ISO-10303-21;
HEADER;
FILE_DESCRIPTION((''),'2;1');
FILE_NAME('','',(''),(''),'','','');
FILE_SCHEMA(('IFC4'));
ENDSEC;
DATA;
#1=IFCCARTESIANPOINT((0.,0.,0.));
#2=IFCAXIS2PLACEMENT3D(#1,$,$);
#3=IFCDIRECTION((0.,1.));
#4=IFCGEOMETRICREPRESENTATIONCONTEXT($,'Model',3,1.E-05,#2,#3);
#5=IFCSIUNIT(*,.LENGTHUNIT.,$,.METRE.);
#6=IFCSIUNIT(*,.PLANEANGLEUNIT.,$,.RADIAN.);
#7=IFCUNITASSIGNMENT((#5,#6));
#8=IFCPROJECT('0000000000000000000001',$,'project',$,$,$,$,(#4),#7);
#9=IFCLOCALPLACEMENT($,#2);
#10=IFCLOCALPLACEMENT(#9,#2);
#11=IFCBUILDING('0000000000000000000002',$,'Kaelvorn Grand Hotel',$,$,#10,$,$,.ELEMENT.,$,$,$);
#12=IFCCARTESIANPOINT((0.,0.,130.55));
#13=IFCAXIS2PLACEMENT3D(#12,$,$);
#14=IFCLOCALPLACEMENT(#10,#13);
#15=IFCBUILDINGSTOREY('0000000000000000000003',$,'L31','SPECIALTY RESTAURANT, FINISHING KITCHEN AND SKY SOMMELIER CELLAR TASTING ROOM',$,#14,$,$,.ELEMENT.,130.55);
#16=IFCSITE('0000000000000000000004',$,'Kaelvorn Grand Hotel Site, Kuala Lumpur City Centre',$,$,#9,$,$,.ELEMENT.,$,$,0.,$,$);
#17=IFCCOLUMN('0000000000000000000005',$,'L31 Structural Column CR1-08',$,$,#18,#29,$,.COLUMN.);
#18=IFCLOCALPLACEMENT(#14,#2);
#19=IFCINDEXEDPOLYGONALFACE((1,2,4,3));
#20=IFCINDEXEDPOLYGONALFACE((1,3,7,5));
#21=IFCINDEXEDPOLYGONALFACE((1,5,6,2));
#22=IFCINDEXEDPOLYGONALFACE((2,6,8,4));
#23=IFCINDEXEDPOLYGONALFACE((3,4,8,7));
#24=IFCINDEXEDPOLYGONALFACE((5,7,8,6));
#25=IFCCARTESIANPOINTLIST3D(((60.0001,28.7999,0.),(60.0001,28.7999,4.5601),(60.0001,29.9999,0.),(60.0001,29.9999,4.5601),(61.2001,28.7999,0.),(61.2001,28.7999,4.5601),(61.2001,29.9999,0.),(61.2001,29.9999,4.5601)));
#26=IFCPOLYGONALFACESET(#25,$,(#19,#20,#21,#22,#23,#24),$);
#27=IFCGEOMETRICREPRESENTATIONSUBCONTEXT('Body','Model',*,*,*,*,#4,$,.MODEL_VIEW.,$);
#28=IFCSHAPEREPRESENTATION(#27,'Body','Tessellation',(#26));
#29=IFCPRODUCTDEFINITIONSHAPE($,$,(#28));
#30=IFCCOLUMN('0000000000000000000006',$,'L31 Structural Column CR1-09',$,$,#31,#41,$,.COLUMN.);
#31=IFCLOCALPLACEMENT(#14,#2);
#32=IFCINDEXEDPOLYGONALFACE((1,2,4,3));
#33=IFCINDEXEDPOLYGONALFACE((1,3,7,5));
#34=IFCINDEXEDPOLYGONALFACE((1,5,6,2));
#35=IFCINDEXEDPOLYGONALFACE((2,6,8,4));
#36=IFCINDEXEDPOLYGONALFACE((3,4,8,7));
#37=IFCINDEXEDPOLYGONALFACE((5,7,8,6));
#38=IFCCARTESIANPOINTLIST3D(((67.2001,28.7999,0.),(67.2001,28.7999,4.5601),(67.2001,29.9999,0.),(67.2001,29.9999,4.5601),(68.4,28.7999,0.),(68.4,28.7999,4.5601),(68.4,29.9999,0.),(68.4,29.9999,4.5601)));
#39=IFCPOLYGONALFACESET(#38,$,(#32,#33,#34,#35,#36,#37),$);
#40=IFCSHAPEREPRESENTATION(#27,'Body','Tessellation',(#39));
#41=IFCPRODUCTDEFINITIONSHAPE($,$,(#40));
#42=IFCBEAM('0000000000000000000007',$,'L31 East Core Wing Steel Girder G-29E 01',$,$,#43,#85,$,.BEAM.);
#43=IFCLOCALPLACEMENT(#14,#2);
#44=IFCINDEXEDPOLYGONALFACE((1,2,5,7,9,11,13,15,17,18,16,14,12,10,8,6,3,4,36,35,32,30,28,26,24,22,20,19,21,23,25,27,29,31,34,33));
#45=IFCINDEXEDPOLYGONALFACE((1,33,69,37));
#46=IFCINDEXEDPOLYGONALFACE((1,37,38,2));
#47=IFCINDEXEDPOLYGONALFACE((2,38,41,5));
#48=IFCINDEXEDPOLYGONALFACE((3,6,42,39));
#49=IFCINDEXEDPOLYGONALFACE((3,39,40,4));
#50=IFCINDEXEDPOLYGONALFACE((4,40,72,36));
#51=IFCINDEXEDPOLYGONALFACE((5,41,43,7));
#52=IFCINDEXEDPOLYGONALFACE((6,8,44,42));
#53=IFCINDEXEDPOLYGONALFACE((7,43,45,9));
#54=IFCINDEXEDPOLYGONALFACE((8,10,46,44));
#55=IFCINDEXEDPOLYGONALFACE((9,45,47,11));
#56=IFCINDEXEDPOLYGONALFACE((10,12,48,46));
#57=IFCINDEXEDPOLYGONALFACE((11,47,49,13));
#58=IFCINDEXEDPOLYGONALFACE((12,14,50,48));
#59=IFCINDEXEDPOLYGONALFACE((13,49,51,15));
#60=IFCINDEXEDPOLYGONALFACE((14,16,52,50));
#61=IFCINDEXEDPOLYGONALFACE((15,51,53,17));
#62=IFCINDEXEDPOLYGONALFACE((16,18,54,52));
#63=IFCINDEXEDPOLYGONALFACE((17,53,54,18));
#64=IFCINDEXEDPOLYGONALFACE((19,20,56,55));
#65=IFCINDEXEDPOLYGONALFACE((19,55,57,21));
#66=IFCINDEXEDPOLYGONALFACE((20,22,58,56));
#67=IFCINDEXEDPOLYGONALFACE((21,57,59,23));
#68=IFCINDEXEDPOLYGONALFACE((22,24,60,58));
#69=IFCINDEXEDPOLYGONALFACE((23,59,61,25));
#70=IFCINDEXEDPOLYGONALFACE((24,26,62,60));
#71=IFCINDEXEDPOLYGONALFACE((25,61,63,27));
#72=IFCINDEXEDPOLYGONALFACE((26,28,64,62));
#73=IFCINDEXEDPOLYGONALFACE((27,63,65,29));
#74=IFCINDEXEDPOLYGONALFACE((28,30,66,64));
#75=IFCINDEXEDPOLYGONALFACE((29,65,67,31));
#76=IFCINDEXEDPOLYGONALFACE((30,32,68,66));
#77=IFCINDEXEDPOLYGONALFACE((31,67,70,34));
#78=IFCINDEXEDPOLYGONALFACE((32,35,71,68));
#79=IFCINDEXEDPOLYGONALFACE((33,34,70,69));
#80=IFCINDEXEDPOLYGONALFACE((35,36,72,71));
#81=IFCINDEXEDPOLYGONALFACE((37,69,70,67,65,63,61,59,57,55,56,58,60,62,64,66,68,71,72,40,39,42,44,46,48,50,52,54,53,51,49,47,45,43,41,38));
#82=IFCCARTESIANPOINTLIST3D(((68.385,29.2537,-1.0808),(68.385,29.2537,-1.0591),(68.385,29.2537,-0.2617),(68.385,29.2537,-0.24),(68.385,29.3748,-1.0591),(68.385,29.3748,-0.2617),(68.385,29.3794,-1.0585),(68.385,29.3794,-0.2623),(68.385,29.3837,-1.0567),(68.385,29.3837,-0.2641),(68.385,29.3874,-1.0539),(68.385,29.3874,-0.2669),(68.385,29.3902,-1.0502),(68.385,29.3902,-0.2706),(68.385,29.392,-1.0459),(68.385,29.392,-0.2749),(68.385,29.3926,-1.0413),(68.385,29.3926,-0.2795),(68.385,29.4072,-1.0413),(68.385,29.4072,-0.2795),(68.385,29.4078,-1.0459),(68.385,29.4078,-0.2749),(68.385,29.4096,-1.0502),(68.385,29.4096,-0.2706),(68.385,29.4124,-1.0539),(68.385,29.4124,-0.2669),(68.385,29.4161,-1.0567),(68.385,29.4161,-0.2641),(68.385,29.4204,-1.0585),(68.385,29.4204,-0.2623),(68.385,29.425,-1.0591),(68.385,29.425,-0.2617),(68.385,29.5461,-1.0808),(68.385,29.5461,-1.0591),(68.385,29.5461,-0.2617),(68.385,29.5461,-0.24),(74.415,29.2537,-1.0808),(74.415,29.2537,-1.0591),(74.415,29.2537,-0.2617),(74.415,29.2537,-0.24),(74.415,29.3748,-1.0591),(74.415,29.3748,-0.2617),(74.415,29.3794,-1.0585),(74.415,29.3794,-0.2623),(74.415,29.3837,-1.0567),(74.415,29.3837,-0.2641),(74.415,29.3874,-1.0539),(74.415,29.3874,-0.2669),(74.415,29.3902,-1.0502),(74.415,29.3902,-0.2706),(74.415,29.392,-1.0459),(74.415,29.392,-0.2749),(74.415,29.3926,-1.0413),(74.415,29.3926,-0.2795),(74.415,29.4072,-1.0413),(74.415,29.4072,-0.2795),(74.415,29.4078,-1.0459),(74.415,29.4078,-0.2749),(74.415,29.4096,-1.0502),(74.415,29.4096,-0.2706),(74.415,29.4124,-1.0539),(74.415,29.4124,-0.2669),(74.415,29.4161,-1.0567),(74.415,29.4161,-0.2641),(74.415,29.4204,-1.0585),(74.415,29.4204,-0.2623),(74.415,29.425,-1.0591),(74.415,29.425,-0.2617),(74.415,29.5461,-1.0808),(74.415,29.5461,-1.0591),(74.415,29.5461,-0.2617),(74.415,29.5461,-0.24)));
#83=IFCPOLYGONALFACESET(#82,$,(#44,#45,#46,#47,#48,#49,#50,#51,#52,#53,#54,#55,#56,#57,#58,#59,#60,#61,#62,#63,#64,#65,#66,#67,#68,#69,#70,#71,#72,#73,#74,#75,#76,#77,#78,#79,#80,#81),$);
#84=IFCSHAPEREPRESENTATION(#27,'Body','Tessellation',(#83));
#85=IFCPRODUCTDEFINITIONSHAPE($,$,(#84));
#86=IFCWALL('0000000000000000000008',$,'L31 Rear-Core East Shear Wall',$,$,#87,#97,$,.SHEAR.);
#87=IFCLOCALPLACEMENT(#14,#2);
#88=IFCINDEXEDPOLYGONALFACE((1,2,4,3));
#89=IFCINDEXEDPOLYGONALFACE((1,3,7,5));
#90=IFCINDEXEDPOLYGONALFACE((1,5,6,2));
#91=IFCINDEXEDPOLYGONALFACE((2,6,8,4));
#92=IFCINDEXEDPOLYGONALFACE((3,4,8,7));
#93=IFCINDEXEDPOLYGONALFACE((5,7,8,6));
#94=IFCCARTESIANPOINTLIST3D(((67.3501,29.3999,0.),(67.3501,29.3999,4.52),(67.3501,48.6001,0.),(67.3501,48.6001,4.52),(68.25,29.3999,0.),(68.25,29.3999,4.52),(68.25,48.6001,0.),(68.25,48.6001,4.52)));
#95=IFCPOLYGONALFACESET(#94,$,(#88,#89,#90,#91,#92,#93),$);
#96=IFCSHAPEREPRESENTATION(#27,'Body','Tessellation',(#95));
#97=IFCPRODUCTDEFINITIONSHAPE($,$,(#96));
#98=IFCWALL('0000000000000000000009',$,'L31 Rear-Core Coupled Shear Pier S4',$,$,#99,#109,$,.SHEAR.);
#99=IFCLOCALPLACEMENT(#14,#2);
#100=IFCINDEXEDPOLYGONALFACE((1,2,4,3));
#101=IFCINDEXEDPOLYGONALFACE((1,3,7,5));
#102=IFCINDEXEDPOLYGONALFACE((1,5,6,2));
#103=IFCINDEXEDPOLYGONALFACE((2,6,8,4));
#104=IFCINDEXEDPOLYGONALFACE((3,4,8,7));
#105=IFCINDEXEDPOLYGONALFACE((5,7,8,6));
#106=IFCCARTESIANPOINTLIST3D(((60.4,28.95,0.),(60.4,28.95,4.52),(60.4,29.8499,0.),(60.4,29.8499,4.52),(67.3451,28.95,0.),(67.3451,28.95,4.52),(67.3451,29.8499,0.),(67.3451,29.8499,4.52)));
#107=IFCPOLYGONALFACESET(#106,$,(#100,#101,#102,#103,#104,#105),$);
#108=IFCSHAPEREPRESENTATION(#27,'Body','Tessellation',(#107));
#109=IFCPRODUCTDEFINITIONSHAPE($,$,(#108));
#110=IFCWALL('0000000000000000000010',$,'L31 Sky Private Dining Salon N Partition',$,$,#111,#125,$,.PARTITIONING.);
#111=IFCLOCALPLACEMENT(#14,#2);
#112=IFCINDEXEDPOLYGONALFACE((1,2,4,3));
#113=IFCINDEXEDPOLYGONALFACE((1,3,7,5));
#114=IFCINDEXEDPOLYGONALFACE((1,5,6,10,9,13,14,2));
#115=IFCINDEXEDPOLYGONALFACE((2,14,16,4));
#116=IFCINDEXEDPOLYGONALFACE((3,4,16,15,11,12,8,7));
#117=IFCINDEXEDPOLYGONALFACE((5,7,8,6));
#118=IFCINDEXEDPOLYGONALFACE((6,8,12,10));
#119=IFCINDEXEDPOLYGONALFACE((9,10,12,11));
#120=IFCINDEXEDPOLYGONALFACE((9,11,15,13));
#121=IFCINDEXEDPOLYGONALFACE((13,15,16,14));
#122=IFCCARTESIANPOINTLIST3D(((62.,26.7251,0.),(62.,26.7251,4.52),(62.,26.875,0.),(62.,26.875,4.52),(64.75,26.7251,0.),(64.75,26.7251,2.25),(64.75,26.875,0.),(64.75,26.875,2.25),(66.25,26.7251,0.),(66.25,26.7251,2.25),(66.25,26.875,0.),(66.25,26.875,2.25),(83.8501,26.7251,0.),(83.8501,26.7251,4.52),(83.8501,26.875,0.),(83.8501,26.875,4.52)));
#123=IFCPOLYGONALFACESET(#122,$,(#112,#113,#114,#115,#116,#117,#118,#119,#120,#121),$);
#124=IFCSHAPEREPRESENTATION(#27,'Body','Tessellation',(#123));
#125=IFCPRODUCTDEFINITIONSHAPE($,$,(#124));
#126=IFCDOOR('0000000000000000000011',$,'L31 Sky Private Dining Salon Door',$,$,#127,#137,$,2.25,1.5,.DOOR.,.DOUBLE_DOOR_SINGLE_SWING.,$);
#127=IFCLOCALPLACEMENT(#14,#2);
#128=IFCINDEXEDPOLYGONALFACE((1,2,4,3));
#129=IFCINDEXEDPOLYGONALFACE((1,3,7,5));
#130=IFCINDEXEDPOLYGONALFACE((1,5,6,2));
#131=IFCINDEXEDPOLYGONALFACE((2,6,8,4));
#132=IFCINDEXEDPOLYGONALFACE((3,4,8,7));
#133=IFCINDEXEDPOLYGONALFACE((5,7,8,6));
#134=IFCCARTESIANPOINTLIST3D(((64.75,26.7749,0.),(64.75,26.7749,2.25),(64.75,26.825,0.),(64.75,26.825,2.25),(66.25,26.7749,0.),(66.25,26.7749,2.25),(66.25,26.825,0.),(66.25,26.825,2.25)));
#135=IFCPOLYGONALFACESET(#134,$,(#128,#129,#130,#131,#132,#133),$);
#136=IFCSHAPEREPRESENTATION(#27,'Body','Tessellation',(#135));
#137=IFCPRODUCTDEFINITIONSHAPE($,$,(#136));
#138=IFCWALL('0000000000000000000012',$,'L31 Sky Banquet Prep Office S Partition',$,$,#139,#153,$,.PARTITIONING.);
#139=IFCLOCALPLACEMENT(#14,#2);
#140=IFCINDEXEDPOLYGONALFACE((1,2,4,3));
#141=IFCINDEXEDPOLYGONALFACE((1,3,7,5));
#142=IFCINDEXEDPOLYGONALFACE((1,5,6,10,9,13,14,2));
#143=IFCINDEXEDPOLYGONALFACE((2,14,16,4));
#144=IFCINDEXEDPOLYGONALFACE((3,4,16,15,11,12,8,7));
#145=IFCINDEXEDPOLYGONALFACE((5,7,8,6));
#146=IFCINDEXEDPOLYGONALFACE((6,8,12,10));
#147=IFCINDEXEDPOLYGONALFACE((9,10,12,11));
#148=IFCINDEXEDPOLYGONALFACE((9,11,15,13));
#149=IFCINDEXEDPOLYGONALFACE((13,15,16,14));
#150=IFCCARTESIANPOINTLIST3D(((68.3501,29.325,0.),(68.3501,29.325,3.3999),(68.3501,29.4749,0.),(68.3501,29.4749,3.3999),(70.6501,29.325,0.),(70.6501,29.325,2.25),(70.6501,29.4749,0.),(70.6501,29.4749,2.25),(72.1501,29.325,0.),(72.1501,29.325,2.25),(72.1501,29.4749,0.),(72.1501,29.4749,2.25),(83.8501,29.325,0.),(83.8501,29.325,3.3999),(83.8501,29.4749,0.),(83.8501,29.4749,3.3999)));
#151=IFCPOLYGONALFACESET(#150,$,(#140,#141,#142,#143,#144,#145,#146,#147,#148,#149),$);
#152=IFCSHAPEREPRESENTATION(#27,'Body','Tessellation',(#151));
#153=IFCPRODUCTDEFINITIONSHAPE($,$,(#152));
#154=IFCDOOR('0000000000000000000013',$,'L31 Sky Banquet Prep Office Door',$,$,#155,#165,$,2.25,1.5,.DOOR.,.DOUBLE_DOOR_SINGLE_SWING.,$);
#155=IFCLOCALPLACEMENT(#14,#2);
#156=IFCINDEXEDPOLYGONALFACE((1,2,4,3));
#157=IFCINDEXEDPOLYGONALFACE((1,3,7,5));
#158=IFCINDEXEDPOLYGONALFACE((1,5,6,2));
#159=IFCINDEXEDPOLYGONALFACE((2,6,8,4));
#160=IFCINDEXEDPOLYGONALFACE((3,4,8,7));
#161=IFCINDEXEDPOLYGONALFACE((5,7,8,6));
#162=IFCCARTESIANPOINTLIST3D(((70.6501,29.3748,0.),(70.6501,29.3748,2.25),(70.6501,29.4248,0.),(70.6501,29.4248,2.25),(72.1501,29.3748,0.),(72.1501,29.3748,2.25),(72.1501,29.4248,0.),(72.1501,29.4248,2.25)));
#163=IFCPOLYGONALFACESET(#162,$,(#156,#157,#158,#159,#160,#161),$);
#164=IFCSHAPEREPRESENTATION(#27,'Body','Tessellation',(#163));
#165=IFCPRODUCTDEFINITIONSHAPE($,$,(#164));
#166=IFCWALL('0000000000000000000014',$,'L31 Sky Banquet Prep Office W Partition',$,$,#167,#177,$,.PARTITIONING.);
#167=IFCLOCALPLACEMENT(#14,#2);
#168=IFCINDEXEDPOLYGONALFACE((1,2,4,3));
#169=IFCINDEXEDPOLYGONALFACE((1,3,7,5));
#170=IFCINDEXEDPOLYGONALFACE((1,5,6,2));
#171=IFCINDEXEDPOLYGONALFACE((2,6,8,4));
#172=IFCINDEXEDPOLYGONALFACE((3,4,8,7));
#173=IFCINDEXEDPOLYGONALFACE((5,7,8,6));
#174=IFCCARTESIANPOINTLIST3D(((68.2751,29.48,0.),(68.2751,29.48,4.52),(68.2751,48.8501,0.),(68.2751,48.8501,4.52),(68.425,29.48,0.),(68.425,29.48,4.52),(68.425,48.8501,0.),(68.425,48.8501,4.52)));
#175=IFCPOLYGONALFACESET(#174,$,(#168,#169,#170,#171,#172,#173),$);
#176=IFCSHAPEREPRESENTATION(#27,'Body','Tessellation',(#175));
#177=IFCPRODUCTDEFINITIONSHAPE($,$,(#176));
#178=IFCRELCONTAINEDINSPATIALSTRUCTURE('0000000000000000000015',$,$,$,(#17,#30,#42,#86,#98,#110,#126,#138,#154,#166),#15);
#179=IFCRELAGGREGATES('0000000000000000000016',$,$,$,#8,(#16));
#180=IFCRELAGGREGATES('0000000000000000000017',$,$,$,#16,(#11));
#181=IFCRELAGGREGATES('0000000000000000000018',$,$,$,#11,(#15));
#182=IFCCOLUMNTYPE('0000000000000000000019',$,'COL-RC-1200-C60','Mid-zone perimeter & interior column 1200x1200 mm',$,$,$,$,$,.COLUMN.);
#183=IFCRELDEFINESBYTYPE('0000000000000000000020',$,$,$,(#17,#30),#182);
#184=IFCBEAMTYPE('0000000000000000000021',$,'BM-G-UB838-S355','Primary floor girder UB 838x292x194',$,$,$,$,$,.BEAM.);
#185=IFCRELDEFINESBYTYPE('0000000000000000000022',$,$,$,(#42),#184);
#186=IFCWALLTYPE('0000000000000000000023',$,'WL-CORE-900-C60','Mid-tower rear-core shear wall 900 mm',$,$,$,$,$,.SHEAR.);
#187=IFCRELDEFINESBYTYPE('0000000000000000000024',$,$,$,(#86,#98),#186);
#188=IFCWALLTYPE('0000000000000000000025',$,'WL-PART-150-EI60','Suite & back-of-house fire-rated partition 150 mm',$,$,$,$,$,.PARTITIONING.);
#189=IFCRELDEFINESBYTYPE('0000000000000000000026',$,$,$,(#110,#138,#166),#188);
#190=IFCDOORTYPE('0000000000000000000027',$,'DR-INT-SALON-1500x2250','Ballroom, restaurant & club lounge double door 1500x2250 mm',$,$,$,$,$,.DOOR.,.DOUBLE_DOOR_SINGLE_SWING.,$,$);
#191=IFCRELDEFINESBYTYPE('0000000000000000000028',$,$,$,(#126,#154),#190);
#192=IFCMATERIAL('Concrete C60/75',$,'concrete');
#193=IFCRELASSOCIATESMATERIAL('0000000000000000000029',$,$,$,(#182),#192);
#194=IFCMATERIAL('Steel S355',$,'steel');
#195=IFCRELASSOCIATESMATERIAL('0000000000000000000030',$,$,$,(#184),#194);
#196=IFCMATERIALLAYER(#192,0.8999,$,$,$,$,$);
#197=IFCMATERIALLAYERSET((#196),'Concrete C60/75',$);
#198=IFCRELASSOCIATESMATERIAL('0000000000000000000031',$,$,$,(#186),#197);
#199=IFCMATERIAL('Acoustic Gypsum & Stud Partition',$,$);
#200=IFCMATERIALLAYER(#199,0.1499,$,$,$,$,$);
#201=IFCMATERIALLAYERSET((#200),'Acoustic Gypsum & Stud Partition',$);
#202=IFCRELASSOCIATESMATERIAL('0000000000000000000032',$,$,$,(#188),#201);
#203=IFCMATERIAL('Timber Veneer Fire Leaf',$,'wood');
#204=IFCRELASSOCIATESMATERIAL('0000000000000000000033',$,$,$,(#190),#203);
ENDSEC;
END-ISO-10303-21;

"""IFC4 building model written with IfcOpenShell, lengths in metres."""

from ifc_helpers import new_model, si_unit, direction, frame, frame_2d, origin, origin_2d, place, context, subcontext, project, spatial, rectangle, i_section, extrude, material, layer, layer_set, material_profile, profile_set, type_object, element, fill, save


model = new_model("IFC4")

# Units and contexts
model_context = context("Model", 3, precision=1e-05, world=origin(), true_north=direction((0.0, 1.0)))
body_context = subcontext(model_context, "Body", "Model", "MODEL_VIEW")
ifc_project = project(units=[si_unit("LENGTHUNIT", "METRE"), si_unit("PLANEANGLEUNIT", "RADIAN")], contexts=[model_context])

# Site, building, storey
site_placement = place(None, origin())
site = spatial("IfcSite", under=ifc_project, at=site_placement, Name="Kaelvorn Grand Hotel Site, Kuala Lumpur City Centre", CompositionType="ELEMENT", RefElevation=0.0)
building_placement = place(site_placement, origin())
building = spatial("IfcBuilding", under=site, at=building_placement, Name="Kaelvorn Grand Hotel", CompositionType="ELEMENT")
storey_placement = place(building_placement, frame((0.0, 0.0, 130.55)))
storey = spatial("IfcBuildingStorey", under=building, at=storey_placement, Name="L31", Description="SPECIALTY RESTAURANT, FINISHING KITCHEN AND SKY SOMMELIER CELLAR TASTING ROOM", CompositionType="ELEMENT", Elevation=130.55)

# Columns
ifc_material_1 = material(Name="Concrete C60/75", Category="concrete")
ifc_material_profile_1 = material_profile(ifc_material_1, rectangle(XDim=1.2, YDim=1.2, at=origin_2d()), Name="RC COL 1200x1200")
ifc_profile_set_1 = profile_set([ifc_material_profile_1], Name="Concrete C60/75")
column_type = type_object("IfcColumnType", Name="COL-RC-1200-C60", Description="Mid-zone perimeter & interior column 1200x1200 mm", PredefinedType="COLUMN", material=ifc_profile_set_1)
for number, where, z_axis, x_axis, name in (
    (1, (60.6001, 29.3999, 0.0), (0.0, 0.0, 1.0), (1.0, 0.0, 0.0), "L31 Structural Column CR1-08"),
    (2, (67.8, 29.3999, 0.0), (0.0, 0.0, 1.0), (1.0, 0.0, 0.0), "L31 Structural Column CR1-09"),
):
    element("IfcColumn", number, at=place(storey_placement, frame(where, z_axis=z_axis, x_axis=x_axis)), inside=storey, type_object=column_type, Name=name, PredefinedType="COLUMN", context=body_context, shape_type="SweptSolid", body=[
        extrude(rectangle(XDim=1.2, YDim=1.2, at=origin_2d()), origin(), (0.0, 0.0, 1.0), 4.5601),
    ])

# Beam
ifc_material_2 = material(Name="Steel S355", Category="steel")
ifc_material_profile_2 = material_profile(ifc_material_2, i_section(OverallWidth=0.2925, OverallDepth=0.8408, WebThickness=0.0146, FlangeThickness=0.0217, FilletRadius=0.0178, at=origin_2d()), Name="UB 838x292x194")
ifc_profile_set_2 = profile_set([ifc_material_profile_2], Name="Steel S355")
beam_type = type_object("IfcBeamType", Name="BM-G-UB838-S355", Description="Primary floor girder UB 838x292x194", PredefinedType="BEAM", material=ifc_profile_set_2)
beam_placement = place(storey_placement, frame((68.385, 29.3999, -0.6604), z_axis=(1.0, 0.0, 0.0), x_axis=(0.0, 1.0, 0.0)))
element("IfcBeam", 3, at=beam_placement, inside=storey, type_object=beam_type, Name="L31 East Core Wing Steel Girder G-29E 01", PredefinedType="BEAM", context=body_context, shape_type="SweptSolid", body=[
    extrude(i_section(OverallWidth=0.2925, OverallDepth=0.8408, WebThickness=0.0146, FlangeThickness=0.0217, FilletRadius=0.0178, at=origin_2d()), origin(), (0.0, 0.0, 1.0), 6.03),
])

# Walls
ifc_layer_1 = layer(ifc_material_1, 0.8999)
ifc_layer_set_1 = layer_set([ifc_layer_1], Name="Concrete C60/75")
wall_type_1 = type_object("IfcWallType", Name="WL-CORE-900-C60", Description="Mid-tower rear-core shear wall 900 mm", PredefinedType="SHEAR", material=ifc_layer_set_1)
wall_1_placement = place(storey_placement, frame((67.8, 29.3999, 0.0), z_axis=(0.0, 0.0, 1.0), x_axis=(0.0, 1.0, 0.0)))
element("IfcWall", 4, at=wall_1_placement, inside=storey, type_object=wall_type_1, Name="L31 Rear-Core East Shear Wall", PredefinedType="SHEAR", context=body_context, shape_type="SweptSolid", body=[
    extrude(rectangle(XDim=19.2002, YDim=0.8999, at=frame_2d((9.6001, 0.0))), origin(), (0.0, 0.0, 1.0), 4.52),
])
wall_2_placement = place(storey_placement, frame((60.3999, 29.3999, 0.0), z_axis=(0.0, 0.0, 1.0), x_axis=(1.0, 0.0, 0.0)))
element("IfcWall", 5, at=wall_2_placement, inside=storey, type_object=wall_type_1, Name="L31 Rear-Core Coupled Shear Pier S4", PredefinedType="SHEAR", context=body_context, shape_type="SweptSolid", body=[
    extrude(rectangle(XDim=6.9451, YDim=0.8999, at=frame_2d((3.4727, 0.0))), origin(), (0.0, 0.0, 1.0), 4.52),
])

# Walls, openings, doors
ifc_material_3 = material(Name="Acoustic Gypsum & Stud Partition")
ifc_layer_2 = layer(ifc_material_3, 0.1499)
ifc_layer_set_2 = layer_set([ifc_layer_2], Name="Acoustic Gypsum & Stud Partition")
wall_type_2 = type_object("IfcWallType", Name="WL-PART-150-EI60", Description="Suite & back-of-house fire-rated partition 150 mm", PredefinedType="PARTITIONING", material=ifc_layer_set_2)
wall_3_placement = place(storey_placement, frame((62.0, 26.8, 0.0), z_axis=(0.0, 0.0, 1.0), x_axis=(1.0, 0.0, 0.0)))
wall_3 = element("IfcWall", 6, at=wall_3_placement, inside=storey, type_object=wall_type_2, Name="L31 Sky Private Dining Salon N Partition", PredefinedType="PARTITIONING", context=body_context, shape_type="SweptSolid", body=[
    extrude(rectangle(XDim=21.8501, YDim=0.1499, at=frame_2d((10.925, 0.0))), origin(), (0.0, 0.0, 1.0), 4.52),
])
opening_1_placement = place(wall_3_placement, frame((2.75, 0.0, 0.0)))
opening_1 = element("IfcOpeningElement", 7, at=opening_1_placement, cuts=wall_3, PredefinedType="OPENING", context=body_context, shape_type="SweptSolid", body=[
    extrude(rectangle(XDim=1.5, YDim=2.25, at=frame_2d((0.75, 1.125))), frame((0.0, 0.085, 0.0), z_axis=(0.0, -1.0, 0.0), x_axis=(1.0, 0.0, 0.0)), (0.0, 0.0, 1.0), 0.1699),
])
ifc_material_4 = material(Name="Timber Veneer Fire Leaf", Category="wood")
door_type_1 = type_object("IfcDoorType", Name="DR-INT-SALON-1500x2250", Description="Ballroom, restaurant & club lounge double door 1500x2250 mm", OperationType="DOUBLE_DOOR_SINGLE_SWING", PredefinedType="DOOR", material=ifc_material_4)
door_1_placement = place(opening_1_placement, origin())
door_1 = element("IfcDoor", 8, at=door_1_placement, inside=storey, type_object=door_type_1, Name="L31 Sky Private Dining Salon Door", OperationType="DOUBLE_DOOR_SINGLE_SWING", OverallHeight=2.25, OverallWidth=1.5, PredefinedType="DOOR", context=body_context, shape_type="SweptSolid", body=[
    extrude(rectangle(XDim=1.5, YDim=2.25, at=frame_2d((0.75, 1.125))), frame((0.0, 0.0249, 0.0), z_axis=(0.0, -1.0, 0.0), x_axis=(1.0, 0.0, 0.0)), (0.0, 0.0, 1.0), 0.05),
])
fill(opening_1, door_1)
wall_4_placement = place(storey_placement, frame((68.3501, 29.3999, 0.0), z_axis=(0.0, 0.0, 1.0), x_axis=(1.0, 0.0, 0.0)))
wall_4 = element("IfcWall", 9, at=wall_4_placement, inside=storey, type_object=wall_type_2, Name="L31 Sky Banquet Prep Office S Partition", PredefinedType="PARTITIONING", context=body_context, shape_type="SweptSolid", body=[
    extrude(rectangle(XDim=15.5, YDim=0.1499, at=frame_2d((7.75, 0.0))), origin(), (0.0, 0.0, 1.0), 3.3999),
])
opening_2_placement = place(wall_4_placement, frame((2.3, 0.0, 0.0)))
opening_2 = element("IfcOpeningElement", 10, at=opening_2_placement, cuts=wall_4, PredefinedType="OPENING", context=body_context, shape_type="SweptSolid", body=[
    extrude(rectangle(XDim=1.5, YDim=2.25, at=frame_2d((0.75, 1.125))), frame((0.0, 0.085, 0.0), z_axis=(0.0, -1.0, 0.0), x_axis=(1.0, 0.0, 0.0)), (0.0, 0.0, 1.0), 0.1699),
])
door_2_placement = place(opening_2_placement, origin())
door_2 = element("IfcDoor", 11, at=door_2_placement, inside=storey, type_object=door_type_1, Name="L31 Sky Banquet Prep Office Door", OperationType="DOUBLE_DOOR_SINGLE_SWING", OverallHeight=2.25, OverallWidth=1.5, PredefinedType="DOOR", context=body_context, shape_type="SweptSolid", body=[
    extrude(rectangle(XDim=1.5, YDim=2.25, at=frame_2d((0.75, 1.125))), frame((0.0, 0.0249, 0.0), z_axis=(0.0, -1.0, 0.0), x_axis=(1.0, 0.0, 0.0)), (0.0, 0.0, 1.0), 0.05),
])
fill(opening_2, door_2)

# Wall
wall_5_placement = place(storey_placement, frame((68.3501, 29.48, 0.0), z_axis=(0.0, 0.0, 1.0), x_axis=(0.0, 1.0, 0.0)))
element("IfcWall", 12, at=wall_5_placement, inside=storey, type_object=wall_type_2, Name="L31 Sky Banquet Prep Office W Partition", PredefinedType="PARTITIONING", context=body_context, shape_type="SweptSolid", body=[
    extrude(rectangle(XDim=19.3701, YDim=0.1499, at=frame_2d((9.6851, 0.0))), origin(), (0.0, 0.0, 1.0), 4.52),
])

save(model, "model.ifc")
